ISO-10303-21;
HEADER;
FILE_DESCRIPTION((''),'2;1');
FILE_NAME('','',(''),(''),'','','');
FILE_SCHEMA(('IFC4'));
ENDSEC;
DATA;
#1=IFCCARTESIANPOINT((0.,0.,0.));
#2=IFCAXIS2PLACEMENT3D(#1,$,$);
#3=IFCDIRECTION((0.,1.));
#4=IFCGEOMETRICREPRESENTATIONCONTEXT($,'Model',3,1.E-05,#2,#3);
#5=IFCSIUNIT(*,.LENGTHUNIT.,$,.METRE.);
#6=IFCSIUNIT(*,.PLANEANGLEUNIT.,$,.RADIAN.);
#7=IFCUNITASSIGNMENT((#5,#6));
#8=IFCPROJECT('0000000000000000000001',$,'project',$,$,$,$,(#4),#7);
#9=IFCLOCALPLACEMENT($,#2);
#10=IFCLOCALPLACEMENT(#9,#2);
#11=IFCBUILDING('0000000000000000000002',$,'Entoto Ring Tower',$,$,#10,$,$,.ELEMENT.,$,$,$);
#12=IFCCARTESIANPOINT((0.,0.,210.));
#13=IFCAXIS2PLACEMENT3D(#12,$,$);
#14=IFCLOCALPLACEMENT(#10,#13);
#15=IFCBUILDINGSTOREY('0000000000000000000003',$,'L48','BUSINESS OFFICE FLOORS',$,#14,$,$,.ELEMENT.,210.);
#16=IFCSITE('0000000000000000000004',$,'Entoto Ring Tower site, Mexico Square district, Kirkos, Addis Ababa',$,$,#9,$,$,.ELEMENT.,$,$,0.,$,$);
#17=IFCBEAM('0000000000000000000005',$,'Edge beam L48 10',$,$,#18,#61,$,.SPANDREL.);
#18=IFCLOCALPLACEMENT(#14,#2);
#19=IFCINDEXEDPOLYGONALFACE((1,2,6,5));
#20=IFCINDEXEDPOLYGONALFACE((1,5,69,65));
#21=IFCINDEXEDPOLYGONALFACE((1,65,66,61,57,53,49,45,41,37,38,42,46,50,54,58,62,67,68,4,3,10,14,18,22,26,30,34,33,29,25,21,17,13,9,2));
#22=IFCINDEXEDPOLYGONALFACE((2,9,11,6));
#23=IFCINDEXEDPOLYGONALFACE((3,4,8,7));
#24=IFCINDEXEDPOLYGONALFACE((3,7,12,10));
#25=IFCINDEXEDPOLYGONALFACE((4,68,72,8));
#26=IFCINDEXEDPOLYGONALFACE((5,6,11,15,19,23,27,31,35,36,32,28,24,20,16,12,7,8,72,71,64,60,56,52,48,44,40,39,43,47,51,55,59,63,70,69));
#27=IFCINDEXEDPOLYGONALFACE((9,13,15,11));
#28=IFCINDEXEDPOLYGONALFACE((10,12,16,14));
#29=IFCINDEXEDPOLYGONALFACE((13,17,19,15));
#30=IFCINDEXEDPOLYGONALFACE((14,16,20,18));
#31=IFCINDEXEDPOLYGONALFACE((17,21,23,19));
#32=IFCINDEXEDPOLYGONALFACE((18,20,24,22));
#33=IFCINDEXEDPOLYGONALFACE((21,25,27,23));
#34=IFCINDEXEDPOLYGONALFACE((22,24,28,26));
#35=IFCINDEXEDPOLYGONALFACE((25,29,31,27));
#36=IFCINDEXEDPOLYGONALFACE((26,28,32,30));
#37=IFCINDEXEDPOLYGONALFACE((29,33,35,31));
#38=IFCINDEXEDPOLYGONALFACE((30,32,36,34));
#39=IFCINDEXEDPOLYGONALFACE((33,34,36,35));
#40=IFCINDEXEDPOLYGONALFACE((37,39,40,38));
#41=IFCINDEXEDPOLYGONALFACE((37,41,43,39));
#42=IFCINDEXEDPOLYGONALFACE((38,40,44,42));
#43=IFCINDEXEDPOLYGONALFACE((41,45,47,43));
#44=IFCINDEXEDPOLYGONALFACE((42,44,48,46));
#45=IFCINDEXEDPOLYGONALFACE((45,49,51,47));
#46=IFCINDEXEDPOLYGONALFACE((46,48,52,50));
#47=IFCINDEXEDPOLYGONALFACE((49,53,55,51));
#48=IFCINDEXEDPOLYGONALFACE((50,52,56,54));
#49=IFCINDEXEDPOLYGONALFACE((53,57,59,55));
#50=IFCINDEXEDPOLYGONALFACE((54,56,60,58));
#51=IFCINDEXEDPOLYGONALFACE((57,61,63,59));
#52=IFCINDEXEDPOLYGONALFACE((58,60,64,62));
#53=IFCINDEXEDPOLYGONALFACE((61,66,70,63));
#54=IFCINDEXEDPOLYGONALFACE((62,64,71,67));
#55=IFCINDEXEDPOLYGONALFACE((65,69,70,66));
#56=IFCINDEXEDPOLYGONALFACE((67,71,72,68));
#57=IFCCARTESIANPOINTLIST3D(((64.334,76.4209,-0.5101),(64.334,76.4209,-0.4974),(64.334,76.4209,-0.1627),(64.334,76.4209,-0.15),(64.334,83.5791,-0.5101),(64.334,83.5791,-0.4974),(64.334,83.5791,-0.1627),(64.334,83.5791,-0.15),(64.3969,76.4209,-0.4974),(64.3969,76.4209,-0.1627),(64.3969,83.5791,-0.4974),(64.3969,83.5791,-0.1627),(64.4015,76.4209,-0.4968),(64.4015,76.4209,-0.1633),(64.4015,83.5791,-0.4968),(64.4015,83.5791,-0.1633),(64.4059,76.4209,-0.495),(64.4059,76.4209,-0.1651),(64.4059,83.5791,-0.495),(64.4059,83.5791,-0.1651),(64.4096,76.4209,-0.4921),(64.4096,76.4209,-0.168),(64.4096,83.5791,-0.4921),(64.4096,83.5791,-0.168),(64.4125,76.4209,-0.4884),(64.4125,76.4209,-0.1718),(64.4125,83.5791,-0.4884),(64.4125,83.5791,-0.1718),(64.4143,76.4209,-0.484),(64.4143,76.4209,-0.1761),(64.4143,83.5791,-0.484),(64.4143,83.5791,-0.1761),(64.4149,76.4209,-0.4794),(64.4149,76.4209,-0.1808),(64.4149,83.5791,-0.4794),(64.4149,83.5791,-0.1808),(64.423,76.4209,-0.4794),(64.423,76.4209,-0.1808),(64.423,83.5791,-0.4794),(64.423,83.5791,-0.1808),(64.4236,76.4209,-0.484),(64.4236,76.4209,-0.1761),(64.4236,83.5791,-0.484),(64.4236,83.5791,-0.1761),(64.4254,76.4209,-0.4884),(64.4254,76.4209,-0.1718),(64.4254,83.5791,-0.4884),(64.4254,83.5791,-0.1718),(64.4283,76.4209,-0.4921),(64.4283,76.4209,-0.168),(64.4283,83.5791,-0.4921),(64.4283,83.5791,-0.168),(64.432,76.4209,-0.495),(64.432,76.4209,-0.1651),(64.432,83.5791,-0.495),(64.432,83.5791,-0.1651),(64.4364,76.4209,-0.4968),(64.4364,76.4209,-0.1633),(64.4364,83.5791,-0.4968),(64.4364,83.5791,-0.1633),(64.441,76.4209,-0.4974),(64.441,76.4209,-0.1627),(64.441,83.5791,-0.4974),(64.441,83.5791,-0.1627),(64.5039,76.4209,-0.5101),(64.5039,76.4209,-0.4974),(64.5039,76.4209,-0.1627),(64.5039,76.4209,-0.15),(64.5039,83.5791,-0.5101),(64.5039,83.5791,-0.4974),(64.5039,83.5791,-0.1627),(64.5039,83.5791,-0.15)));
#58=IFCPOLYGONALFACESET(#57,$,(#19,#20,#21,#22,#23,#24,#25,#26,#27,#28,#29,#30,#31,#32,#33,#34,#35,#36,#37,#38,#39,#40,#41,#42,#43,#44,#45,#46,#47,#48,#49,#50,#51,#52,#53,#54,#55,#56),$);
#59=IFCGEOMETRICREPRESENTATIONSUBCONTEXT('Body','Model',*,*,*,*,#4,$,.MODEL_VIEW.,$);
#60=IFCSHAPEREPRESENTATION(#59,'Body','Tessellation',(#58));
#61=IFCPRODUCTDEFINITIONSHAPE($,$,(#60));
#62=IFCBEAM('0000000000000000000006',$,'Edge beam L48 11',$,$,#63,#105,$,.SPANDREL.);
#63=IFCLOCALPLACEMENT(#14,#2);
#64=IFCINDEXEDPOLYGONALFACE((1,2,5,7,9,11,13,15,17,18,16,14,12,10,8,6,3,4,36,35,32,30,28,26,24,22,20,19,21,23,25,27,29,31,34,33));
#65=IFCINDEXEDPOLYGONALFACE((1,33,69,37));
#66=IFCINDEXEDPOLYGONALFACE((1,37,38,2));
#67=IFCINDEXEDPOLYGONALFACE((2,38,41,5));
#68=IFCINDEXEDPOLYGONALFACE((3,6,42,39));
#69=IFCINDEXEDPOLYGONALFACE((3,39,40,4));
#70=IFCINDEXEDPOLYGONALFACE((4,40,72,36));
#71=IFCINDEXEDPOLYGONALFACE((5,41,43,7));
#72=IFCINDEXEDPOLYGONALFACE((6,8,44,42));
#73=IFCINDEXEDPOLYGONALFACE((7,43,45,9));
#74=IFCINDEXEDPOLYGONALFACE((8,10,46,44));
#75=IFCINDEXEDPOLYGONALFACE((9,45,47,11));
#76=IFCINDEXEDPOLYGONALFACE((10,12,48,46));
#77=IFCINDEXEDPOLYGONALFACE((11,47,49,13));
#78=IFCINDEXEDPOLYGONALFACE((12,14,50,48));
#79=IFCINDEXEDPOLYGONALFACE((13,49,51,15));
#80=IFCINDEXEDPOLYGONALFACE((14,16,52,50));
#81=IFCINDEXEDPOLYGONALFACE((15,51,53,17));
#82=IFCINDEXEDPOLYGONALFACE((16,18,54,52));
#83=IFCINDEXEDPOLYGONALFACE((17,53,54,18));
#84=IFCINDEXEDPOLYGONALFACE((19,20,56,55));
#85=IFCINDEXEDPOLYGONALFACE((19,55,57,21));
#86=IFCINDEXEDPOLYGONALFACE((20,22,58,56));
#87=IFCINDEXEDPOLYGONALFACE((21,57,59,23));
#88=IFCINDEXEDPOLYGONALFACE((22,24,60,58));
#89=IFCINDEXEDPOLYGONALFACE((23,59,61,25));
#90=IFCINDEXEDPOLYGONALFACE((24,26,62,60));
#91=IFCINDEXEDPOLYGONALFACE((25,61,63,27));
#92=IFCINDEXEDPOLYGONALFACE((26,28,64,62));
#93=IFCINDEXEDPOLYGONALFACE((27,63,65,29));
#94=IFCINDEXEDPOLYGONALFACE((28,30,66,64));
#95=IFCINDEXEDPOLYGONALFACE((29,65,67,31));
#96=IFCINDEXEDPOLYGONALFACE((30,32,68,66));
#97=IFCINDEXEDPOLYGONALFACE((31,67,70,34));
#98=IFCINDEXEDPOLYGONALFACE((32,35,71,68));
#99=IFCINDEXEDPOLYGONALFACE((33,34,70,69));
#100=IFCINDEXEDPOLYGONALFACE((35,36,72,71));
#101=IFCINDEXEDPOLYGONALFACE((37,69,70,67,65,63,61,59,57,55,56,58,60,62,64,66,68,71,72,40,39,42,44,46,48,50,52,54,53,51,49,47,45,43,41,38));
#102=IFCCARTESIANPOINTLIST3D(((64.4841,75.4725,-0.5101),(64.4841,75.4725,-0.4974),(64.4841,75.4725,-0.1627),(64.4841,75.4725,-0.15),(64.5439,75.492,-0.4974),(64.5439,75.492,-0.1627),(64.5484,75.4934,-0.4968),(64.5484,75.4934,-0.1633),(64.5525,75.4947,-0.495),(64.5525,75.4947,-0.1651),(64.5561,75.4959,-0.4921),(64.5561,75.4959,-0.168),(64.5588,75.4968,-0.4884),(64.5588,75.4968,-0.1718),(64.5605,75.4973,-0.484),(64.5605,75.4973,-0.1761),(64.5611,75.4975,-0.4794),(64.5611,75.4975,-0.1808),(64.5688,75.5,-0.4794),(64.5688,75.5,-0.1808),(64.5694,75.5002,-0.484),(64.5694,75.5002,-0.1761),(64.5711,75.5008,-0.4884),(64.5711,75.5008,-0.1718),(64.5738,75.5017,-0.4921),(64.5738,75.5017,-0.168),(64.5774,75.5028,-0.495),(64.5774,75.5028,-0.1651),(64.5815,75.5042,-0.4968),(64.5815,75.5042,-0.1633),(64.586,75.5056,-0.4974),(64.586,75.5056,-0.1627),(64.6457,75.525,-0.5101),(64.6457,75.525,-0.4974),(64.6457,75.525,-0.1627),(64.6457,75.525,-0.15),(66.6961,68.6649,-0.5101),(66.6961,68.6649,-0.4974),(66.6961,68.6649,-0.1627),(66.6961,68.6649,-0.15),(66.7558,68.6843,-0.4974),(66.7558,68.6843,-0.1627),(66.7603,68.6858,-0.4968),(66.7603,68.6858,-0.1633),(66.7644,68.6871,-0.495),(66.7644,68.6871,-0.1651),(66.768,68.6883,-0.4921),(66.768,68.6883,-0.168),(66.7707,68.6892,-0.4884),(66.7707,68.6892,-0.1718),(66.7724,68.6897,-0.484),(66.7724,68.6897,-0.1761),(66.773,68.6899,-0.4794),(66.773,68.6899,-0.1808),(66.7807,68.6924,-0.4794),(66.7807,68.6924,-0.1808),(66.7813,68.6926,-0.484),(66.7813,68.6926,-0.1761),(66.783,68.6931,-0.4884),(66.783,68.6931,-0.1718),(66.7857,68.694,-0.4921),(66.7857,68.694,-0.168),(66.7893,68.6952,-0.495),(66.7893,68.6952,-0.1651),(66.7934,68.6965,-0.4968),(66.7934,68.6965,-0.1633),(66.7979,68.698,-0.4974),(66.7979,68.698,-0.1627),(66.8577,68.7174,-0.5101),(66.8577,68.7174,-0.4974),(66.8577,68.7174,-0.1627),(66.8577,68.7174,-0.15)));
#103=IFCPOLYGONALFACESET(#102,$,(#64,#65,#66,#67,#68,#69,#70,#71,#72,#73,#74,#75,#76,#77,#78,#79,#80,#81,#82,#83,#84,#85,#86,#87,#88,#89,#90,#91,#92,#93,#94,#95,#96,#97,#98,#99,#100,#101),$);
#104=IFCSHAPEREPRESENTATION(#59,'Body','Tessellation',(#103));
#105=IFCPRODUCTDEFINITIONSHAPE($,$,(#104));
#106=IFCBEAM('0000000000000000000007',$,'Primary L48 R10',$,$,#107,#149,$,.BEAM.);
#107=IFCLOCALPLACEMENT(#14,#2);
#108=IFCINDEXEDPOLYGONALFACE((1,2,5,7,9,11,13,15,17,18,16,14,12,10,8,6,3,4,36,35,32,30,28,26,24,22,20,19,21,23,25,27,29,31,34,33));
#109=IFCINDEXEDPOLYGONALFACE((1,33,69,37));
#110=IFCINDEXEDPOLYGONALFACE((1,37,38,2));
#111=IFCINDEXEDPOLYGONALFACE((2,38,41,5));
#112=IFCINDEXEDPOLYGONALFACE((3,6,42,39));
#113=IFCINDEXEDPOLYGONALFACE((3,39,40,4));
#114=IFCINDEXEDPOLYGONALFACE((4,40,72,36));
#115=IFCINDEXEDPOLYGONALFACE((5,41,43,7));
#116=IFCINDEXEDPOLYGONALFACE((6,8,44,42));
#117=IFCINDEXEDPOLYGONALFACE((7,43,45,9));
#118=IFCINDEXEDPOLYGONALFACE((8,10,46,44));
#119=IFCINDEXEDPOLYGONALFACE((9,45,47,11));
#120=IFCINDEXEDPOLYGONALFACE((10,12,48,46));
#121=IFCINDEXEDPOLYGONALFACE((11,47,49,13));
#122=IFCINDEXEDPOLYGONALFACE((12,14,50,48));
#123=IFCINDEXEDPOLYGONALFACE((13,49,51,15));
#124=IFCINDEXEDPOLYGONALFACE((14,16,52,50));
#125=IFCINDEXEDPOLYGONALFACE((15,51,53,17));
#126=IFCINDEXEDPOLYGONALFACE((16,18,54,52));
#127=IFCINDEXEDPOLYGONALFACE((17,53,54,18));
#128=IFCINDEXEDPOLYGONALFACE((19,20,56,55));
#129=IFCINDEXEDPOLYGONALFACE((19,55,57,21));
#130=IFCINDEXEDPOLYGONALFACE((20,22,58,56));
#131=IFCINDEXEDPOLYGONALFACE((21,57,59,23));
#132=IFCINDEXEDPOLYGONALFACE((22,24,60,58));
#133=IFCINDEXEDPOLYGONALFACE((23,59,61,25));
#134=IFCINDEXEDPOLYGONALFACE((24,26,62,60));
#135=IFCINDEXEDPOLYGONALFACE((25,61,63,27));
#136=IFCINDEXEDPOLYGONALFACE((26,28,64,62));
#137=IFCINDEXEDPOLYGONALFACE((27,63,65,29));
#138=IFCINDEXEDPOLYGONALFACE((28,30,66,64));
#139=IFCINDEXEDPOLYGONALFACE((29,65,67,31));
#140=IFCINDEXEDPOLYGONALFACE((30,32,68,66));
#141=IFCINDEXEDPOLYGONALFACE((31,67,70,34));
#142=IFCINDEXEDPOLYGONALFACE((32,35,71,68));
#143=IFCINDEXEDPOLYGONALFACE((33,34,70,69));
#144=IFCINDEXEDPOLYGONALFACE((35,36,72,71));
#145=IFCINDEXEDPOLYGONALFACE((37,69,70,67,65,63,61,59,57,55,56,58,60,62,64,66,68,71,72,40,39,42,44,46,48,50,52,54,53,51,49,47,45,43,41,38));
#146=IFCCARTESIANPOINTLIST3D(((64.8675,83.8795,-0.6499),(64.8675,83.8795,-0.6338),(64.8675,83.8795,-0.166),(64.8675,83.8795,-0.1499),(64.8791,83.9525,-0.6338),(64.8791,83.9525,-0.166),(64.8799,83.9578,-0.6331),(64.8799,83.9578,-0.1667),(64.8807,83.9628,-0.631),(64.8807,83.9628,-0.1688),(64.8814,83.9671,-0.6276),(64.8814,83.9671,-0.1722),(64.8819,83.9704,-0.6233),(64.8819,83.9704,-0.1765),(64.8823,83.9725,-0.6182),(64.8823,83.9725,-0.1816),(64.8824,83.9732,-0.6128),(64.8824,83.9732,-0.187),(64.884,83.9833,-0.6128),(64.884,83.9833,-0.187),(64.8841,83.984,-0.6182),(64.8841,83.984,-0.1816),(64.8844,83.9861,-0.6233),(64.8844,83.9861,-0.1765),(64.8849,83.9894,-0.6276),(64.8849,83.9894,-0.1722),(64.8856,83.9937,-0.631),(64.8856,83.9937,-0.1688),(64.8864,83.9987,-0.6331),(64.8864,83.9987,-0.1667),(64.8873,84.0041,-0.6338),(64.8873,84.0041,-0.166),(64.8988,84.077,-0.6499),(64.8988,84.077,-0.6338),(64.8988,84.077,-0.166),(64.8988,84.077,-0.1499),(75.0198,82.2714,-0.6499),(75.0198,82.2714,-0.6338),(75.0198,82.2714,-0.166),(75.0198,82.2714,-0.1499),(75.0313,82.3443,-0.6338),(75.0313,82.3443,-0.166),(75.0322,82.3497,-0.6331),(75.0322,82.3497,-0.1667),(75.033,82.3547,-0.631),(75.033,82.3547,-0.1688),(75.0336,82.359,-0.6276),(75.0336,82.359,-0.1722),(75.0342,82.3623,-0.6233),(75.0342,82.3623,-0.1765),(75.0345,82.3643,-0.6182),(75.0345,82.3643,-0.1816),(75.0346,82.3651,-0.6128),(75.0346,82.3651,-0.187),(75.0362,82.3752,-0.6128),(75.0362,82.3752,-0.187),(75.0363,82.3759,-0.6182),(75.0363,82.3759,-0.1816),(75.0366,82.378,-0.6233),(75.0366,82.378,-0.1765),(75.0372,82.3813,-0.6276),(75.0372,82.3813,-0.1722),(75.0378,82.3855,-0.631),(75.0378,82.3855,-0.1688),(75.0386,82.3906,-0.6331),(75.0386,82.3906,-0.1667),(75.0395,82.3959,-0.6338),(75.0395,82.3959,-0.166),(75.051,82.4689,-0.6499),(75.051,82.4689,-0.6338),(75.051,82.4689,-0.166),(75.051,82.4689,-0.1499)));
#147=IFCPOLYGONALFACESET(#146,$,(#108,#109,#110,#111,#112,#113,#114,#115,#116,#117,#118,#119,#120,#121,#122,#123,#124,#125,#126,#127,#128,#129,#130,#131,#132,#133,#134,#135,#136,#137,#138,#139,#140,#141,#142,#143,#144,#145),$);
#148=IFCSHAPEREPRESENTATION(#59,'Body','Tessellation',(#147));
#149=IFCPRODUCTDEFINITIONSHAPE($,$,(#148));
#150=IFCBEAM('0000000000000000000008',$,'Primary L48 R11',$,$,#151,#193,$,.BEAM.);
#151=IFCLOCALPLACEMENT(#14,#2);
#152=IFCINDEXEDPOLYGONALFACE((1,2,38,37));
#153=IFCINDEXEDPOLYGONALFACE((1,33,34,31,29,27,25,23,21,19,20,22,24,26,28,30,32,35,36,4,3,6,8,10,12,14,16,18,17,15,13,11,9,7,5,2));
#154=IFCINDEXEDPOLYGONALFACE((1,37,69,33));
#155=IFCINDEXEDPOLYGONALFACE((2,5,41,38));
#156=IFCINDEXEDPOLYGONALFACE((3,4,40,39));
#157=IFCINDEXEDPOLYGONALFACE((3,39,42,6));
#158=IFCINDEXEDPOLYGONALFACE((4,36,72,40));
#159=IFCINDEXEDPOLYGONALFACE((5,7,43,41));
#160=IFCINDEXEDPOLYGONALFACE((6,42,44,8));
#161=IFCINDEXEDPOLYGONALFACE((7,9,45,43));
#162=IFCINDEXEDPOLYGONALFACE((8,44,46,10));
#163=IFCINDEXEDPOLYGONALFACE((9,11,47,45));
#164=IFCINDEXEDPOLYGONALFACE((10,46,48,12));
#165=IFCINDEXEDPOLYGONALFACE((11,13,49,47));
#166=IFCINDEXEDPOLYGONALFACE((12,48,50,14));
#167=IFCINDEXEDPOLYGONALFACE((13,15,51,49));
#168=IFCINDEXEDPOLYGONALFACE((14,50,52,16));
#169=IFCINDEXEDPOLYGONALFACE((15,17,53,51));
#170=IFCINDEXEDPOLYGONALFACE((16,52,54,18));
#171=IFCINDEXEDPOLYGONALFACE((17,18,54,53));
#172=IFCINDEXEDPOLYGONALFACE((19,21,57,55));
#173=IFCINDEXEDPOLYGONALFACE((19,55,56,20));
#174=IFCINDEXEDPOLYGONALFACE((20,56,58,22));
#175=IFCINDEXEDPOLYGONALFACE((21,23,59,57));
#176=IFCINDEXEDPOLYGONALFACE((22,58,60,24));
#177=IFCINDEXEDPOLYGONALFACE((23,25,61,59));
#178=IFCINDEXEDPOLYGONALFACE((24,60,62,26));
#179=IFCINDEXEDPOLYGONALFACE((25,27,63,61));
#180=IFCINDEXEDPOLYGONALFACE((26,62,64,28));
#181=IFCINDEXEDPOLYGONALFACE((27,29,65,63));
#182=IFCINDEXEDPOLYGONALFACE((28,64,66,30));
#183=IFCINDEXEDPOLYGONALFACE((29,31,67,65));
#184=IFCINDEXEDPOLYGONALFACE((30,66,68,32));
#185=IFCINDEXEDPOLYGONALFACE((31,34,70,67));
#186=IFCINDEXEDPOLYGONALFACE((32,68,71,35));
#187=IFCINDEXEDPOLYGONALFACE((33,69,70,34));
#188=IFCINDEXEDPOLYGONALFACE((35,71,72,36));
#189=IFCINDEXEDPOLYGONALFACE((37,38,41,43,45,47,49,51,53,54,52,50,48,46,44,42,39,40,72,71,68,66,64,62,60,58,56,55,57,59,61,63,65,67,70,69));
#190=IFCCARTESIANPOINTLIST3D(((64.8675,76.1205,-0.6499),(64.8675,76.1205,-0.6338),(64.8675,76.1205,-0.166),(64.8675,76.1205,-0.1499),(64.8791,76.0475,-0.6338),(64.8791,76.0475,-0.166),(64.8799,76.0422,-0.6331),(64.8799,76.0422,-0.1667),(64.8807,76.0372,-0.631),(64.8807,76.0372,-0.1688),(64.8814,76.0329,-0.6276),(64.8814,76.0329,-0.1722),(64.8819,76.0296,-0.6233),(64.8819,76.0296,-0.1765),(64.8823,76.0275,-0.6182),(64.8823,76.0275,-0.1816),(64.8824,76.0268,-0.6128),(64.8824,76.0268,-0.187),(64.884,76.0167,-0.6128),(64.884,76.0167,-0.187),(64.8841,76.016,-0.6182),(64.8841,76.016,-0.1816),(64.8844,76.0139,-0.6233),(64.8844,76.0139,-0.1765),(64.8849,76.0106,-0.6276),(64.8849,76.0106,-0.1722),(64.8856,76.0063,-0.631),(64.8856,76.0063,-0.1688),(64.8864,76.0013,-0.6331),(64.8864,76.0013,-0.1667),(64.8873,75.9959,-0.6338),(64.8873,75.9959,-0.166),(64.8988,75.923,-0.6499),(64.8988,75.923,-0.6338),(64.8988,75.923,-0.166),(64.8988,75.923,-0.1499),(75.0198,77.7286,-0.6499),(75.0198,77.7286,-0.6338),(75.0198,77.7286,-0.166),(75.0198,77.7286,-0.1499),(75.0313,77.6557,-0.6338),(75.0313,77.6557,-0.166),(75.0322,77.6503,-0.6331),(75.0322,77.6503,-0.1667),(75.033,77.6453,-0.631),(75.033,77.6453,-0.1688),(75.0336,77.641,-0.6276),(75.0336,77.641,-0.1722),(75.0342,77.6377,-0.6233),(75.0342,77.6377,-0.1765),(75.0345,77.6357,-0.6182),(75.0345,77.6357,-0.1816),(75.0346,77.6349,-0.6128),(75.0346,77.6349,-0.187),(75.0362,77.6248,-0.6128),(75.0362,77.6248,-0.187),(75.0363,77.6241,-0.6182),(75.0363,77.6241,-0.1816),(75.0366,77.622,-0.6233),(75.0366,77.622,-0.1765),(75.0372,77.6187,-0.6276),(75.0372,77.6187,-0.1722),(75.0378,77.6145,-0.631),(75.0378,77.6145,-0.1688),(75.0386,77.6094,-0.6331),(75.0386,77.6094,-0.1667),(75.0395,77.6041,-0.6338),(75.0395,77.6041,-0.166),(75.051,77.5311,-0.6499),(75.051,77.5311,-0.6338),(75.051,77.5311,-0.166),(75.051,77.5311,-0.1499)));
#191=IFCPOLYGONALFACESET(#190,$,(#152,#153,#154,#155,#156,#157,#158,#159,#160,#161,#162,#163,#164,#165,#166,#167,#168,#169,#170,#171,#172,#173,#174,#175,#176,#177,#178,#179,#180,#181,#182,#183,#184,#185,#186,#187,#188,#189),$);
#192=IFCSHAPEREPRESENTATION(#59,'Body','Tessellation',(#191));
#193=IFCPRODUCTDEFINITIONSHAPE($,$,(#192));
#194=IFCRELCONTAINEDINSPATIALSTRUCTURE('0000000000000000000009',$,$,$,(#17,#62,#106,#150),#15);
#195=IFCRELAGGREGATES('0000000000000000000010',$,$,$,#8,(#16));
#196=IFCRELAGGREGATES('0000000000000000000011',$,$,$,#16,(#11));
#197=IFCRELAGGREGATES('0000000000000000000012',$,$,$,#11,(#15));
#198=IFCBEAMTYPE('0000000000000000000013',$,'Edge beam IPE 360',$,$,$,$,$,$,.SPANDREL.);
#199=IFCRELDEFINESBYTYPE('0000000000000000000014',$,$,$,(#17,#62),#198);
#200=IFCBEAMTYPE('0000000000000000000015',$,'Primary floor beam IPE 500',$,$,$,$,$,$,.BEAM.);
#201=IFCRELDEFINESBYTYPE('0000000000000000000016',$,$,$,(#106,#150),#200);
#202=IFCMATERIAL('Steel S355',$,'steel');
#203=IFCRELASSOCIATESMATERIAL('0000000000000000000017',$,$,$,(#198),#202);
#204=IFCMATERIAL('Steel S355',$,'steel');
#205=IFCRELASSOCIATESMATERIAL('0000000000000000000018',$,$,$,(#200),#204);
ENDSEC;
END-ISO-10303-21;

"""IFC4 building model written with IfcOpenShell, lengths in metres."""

from ifc_helpers import new_model, si_unit, direction, frame, origin, origin_2d, place, context, subcontext, project, spatial, i_section, extrude, material, material_profile, profile_set, type_object, element, save


model = new_model("IFC4")

# Units and contexts
model_context = context("Model", 3, precision=1e-05, world=origin(), true_north=direction((0.0, 1.0)))
body_context = subcontext(model_context, "Body", "Model", "MODEL_VIEW")
ifc_project = project(units=[si_unit("LENGTHUNIT", "METRE"), si_unit("PLANEANGLEUNIT", "RADIAN")], contexts=[model_context])

# Site, building, storey
site_placement = place(None, origin())
site = spatial("IfcSite", under=ifc_project, at=site_placement, Name="Entoto Ring Tower site, Mexico Square district, Kirkos, Addis Ababa", CompositionType="ELEMENT", RefElevation=0.0)
building_placement = place(site_placement, origin())
building = spatial("IfcBuilding", under=site, at=building_placement, Name="Entoto Ring Tower", CompositionType="ELEMENT")
storey_placement = place(building_placement, frame((0.0, 0.0, 210.0)))
storey = spatial("IfcBuildingStorey", under=building, at=storey_placement, Name="L48", Description="BUSINESS OFFICE FLOORS", CompositionType="ELEMENT", Elevation=210.0)

# Beams
ifc_material_1 = material(Name="Steel S355", Category="steel")
ifc_material_profile_1 = material_profile(ifc_material_1, i_section(OverallWidth=0.1699, OverallDepth=0.3601, WebThickness=0.0081, FlangeThickness=0.0127, FilletRadius=0.0181, at=origin_2d()), Name="IPE 360")
ifc_profile_set_1 = profile_set([ifc_material_profile_1], Name="Steel S355")
beam_type_1 = type_object("IfcBeamType", Name="Edge beam IPE 360", PredefinedType="SPANDREL", material=ifc_profile_set_1)
beam_1_placement = place(storey_placement, frame((64.4189, 83.5791, -0.3301), z_axis=(0.0, -1.0, 0.0), x_axis=(1.0, 0.0, 0.0)))
element("IfcBeam", 1, at=beam_1_placement, inside=storey, type_object=beam_type_1, Name="Edge beam L48 10", PredefinedType="SPANDREL", context=body_context, shape_type="SweptSolid", body=[
    extrude(i_section(OverallWidth=0.1699, OverallDepth=0.3601, WebThickness=0.0081, FlangeThickness=0.0127, FilletRadius=0.0181, at=origin_2d()), origin(), (0.0, 0.0, 1.0), 7.1582),
])
beam_2_placement = place(storey_placement, frame((64.5649, 75.4988, -0.3301), z_axis=(0.309015, -0.951057, 0.0), x_axis=(0.951057, 0.309015, 0.0)))
element("IfcBeam", 2, at=beam_2_placement, inside=storey, type_object=beam_type_1, Name="Edge beam L48 11", PredefinedType="SPANDREL", context=body_context, shape_type="SweptSolid", body=[
    extrude(i_section(OverallWidth=0.1699, OverallDepth=0.3601, WebThickness=0.0081, FlangeThickness=0.0127, FilletRadius=0.0181, at=origin_2d()), origin(), (0.0, 0.0, 1.0), 7.158),
])
ifc_material_2 = material(Name="Steel S355", Category="steel")
ifc_material_profile_2 = material_profile(ifc_material_2, i_section(OverallWidth=0.2, OverallDepth=0.5, WebThickness=0.0103, FlangeThickness=0.0161, FilletRadius=0.021, at=origin_2d()), Name="IPE 500")
ifc_profile_set_2 = profile_set([ifc_material_profile_2], Name="Steel S355")
beam_type_2 = type_object("IfcBeamType", Name="Primary floor beam IPE 500", PredefinedType="BEAM", material=ifc_profile_set_2)
for number, where, z_axis, x_axis, name in (
    (3, (75.0354, 82.3701, -0.3999), (-0.987686, 0.156452, 0.0), (-0.156452, -0.987686, 0.0), "Primary L48 R10"),
    (4, (75.0354, 77.6299, -0.3999), (-0.987686, -0.156452, 0.0), (0.156452, -0.987686, 0.0), "Primary L48 R11"),
):
    element("IfcBeam", number, at=place(storey_placement, frame(where, z_axis=z_axis, x_axis=x_axis)), inside=storey, type_object=beam_type_2, Name=name, PredefinedType="BEAM", context=body_context, shape_type="SweptSolid", body=[
        extrude(i_section(OverallWidth=0.2, OverallDepth=0.5, WebThickness=0.0103, FlangeThickness=0.0161, FilletRadius=0.021, at=origin_2d()), origin(), (0.0, 0.0, 1.0), 10.2788),
    ])

save(model, "model.ifc")
